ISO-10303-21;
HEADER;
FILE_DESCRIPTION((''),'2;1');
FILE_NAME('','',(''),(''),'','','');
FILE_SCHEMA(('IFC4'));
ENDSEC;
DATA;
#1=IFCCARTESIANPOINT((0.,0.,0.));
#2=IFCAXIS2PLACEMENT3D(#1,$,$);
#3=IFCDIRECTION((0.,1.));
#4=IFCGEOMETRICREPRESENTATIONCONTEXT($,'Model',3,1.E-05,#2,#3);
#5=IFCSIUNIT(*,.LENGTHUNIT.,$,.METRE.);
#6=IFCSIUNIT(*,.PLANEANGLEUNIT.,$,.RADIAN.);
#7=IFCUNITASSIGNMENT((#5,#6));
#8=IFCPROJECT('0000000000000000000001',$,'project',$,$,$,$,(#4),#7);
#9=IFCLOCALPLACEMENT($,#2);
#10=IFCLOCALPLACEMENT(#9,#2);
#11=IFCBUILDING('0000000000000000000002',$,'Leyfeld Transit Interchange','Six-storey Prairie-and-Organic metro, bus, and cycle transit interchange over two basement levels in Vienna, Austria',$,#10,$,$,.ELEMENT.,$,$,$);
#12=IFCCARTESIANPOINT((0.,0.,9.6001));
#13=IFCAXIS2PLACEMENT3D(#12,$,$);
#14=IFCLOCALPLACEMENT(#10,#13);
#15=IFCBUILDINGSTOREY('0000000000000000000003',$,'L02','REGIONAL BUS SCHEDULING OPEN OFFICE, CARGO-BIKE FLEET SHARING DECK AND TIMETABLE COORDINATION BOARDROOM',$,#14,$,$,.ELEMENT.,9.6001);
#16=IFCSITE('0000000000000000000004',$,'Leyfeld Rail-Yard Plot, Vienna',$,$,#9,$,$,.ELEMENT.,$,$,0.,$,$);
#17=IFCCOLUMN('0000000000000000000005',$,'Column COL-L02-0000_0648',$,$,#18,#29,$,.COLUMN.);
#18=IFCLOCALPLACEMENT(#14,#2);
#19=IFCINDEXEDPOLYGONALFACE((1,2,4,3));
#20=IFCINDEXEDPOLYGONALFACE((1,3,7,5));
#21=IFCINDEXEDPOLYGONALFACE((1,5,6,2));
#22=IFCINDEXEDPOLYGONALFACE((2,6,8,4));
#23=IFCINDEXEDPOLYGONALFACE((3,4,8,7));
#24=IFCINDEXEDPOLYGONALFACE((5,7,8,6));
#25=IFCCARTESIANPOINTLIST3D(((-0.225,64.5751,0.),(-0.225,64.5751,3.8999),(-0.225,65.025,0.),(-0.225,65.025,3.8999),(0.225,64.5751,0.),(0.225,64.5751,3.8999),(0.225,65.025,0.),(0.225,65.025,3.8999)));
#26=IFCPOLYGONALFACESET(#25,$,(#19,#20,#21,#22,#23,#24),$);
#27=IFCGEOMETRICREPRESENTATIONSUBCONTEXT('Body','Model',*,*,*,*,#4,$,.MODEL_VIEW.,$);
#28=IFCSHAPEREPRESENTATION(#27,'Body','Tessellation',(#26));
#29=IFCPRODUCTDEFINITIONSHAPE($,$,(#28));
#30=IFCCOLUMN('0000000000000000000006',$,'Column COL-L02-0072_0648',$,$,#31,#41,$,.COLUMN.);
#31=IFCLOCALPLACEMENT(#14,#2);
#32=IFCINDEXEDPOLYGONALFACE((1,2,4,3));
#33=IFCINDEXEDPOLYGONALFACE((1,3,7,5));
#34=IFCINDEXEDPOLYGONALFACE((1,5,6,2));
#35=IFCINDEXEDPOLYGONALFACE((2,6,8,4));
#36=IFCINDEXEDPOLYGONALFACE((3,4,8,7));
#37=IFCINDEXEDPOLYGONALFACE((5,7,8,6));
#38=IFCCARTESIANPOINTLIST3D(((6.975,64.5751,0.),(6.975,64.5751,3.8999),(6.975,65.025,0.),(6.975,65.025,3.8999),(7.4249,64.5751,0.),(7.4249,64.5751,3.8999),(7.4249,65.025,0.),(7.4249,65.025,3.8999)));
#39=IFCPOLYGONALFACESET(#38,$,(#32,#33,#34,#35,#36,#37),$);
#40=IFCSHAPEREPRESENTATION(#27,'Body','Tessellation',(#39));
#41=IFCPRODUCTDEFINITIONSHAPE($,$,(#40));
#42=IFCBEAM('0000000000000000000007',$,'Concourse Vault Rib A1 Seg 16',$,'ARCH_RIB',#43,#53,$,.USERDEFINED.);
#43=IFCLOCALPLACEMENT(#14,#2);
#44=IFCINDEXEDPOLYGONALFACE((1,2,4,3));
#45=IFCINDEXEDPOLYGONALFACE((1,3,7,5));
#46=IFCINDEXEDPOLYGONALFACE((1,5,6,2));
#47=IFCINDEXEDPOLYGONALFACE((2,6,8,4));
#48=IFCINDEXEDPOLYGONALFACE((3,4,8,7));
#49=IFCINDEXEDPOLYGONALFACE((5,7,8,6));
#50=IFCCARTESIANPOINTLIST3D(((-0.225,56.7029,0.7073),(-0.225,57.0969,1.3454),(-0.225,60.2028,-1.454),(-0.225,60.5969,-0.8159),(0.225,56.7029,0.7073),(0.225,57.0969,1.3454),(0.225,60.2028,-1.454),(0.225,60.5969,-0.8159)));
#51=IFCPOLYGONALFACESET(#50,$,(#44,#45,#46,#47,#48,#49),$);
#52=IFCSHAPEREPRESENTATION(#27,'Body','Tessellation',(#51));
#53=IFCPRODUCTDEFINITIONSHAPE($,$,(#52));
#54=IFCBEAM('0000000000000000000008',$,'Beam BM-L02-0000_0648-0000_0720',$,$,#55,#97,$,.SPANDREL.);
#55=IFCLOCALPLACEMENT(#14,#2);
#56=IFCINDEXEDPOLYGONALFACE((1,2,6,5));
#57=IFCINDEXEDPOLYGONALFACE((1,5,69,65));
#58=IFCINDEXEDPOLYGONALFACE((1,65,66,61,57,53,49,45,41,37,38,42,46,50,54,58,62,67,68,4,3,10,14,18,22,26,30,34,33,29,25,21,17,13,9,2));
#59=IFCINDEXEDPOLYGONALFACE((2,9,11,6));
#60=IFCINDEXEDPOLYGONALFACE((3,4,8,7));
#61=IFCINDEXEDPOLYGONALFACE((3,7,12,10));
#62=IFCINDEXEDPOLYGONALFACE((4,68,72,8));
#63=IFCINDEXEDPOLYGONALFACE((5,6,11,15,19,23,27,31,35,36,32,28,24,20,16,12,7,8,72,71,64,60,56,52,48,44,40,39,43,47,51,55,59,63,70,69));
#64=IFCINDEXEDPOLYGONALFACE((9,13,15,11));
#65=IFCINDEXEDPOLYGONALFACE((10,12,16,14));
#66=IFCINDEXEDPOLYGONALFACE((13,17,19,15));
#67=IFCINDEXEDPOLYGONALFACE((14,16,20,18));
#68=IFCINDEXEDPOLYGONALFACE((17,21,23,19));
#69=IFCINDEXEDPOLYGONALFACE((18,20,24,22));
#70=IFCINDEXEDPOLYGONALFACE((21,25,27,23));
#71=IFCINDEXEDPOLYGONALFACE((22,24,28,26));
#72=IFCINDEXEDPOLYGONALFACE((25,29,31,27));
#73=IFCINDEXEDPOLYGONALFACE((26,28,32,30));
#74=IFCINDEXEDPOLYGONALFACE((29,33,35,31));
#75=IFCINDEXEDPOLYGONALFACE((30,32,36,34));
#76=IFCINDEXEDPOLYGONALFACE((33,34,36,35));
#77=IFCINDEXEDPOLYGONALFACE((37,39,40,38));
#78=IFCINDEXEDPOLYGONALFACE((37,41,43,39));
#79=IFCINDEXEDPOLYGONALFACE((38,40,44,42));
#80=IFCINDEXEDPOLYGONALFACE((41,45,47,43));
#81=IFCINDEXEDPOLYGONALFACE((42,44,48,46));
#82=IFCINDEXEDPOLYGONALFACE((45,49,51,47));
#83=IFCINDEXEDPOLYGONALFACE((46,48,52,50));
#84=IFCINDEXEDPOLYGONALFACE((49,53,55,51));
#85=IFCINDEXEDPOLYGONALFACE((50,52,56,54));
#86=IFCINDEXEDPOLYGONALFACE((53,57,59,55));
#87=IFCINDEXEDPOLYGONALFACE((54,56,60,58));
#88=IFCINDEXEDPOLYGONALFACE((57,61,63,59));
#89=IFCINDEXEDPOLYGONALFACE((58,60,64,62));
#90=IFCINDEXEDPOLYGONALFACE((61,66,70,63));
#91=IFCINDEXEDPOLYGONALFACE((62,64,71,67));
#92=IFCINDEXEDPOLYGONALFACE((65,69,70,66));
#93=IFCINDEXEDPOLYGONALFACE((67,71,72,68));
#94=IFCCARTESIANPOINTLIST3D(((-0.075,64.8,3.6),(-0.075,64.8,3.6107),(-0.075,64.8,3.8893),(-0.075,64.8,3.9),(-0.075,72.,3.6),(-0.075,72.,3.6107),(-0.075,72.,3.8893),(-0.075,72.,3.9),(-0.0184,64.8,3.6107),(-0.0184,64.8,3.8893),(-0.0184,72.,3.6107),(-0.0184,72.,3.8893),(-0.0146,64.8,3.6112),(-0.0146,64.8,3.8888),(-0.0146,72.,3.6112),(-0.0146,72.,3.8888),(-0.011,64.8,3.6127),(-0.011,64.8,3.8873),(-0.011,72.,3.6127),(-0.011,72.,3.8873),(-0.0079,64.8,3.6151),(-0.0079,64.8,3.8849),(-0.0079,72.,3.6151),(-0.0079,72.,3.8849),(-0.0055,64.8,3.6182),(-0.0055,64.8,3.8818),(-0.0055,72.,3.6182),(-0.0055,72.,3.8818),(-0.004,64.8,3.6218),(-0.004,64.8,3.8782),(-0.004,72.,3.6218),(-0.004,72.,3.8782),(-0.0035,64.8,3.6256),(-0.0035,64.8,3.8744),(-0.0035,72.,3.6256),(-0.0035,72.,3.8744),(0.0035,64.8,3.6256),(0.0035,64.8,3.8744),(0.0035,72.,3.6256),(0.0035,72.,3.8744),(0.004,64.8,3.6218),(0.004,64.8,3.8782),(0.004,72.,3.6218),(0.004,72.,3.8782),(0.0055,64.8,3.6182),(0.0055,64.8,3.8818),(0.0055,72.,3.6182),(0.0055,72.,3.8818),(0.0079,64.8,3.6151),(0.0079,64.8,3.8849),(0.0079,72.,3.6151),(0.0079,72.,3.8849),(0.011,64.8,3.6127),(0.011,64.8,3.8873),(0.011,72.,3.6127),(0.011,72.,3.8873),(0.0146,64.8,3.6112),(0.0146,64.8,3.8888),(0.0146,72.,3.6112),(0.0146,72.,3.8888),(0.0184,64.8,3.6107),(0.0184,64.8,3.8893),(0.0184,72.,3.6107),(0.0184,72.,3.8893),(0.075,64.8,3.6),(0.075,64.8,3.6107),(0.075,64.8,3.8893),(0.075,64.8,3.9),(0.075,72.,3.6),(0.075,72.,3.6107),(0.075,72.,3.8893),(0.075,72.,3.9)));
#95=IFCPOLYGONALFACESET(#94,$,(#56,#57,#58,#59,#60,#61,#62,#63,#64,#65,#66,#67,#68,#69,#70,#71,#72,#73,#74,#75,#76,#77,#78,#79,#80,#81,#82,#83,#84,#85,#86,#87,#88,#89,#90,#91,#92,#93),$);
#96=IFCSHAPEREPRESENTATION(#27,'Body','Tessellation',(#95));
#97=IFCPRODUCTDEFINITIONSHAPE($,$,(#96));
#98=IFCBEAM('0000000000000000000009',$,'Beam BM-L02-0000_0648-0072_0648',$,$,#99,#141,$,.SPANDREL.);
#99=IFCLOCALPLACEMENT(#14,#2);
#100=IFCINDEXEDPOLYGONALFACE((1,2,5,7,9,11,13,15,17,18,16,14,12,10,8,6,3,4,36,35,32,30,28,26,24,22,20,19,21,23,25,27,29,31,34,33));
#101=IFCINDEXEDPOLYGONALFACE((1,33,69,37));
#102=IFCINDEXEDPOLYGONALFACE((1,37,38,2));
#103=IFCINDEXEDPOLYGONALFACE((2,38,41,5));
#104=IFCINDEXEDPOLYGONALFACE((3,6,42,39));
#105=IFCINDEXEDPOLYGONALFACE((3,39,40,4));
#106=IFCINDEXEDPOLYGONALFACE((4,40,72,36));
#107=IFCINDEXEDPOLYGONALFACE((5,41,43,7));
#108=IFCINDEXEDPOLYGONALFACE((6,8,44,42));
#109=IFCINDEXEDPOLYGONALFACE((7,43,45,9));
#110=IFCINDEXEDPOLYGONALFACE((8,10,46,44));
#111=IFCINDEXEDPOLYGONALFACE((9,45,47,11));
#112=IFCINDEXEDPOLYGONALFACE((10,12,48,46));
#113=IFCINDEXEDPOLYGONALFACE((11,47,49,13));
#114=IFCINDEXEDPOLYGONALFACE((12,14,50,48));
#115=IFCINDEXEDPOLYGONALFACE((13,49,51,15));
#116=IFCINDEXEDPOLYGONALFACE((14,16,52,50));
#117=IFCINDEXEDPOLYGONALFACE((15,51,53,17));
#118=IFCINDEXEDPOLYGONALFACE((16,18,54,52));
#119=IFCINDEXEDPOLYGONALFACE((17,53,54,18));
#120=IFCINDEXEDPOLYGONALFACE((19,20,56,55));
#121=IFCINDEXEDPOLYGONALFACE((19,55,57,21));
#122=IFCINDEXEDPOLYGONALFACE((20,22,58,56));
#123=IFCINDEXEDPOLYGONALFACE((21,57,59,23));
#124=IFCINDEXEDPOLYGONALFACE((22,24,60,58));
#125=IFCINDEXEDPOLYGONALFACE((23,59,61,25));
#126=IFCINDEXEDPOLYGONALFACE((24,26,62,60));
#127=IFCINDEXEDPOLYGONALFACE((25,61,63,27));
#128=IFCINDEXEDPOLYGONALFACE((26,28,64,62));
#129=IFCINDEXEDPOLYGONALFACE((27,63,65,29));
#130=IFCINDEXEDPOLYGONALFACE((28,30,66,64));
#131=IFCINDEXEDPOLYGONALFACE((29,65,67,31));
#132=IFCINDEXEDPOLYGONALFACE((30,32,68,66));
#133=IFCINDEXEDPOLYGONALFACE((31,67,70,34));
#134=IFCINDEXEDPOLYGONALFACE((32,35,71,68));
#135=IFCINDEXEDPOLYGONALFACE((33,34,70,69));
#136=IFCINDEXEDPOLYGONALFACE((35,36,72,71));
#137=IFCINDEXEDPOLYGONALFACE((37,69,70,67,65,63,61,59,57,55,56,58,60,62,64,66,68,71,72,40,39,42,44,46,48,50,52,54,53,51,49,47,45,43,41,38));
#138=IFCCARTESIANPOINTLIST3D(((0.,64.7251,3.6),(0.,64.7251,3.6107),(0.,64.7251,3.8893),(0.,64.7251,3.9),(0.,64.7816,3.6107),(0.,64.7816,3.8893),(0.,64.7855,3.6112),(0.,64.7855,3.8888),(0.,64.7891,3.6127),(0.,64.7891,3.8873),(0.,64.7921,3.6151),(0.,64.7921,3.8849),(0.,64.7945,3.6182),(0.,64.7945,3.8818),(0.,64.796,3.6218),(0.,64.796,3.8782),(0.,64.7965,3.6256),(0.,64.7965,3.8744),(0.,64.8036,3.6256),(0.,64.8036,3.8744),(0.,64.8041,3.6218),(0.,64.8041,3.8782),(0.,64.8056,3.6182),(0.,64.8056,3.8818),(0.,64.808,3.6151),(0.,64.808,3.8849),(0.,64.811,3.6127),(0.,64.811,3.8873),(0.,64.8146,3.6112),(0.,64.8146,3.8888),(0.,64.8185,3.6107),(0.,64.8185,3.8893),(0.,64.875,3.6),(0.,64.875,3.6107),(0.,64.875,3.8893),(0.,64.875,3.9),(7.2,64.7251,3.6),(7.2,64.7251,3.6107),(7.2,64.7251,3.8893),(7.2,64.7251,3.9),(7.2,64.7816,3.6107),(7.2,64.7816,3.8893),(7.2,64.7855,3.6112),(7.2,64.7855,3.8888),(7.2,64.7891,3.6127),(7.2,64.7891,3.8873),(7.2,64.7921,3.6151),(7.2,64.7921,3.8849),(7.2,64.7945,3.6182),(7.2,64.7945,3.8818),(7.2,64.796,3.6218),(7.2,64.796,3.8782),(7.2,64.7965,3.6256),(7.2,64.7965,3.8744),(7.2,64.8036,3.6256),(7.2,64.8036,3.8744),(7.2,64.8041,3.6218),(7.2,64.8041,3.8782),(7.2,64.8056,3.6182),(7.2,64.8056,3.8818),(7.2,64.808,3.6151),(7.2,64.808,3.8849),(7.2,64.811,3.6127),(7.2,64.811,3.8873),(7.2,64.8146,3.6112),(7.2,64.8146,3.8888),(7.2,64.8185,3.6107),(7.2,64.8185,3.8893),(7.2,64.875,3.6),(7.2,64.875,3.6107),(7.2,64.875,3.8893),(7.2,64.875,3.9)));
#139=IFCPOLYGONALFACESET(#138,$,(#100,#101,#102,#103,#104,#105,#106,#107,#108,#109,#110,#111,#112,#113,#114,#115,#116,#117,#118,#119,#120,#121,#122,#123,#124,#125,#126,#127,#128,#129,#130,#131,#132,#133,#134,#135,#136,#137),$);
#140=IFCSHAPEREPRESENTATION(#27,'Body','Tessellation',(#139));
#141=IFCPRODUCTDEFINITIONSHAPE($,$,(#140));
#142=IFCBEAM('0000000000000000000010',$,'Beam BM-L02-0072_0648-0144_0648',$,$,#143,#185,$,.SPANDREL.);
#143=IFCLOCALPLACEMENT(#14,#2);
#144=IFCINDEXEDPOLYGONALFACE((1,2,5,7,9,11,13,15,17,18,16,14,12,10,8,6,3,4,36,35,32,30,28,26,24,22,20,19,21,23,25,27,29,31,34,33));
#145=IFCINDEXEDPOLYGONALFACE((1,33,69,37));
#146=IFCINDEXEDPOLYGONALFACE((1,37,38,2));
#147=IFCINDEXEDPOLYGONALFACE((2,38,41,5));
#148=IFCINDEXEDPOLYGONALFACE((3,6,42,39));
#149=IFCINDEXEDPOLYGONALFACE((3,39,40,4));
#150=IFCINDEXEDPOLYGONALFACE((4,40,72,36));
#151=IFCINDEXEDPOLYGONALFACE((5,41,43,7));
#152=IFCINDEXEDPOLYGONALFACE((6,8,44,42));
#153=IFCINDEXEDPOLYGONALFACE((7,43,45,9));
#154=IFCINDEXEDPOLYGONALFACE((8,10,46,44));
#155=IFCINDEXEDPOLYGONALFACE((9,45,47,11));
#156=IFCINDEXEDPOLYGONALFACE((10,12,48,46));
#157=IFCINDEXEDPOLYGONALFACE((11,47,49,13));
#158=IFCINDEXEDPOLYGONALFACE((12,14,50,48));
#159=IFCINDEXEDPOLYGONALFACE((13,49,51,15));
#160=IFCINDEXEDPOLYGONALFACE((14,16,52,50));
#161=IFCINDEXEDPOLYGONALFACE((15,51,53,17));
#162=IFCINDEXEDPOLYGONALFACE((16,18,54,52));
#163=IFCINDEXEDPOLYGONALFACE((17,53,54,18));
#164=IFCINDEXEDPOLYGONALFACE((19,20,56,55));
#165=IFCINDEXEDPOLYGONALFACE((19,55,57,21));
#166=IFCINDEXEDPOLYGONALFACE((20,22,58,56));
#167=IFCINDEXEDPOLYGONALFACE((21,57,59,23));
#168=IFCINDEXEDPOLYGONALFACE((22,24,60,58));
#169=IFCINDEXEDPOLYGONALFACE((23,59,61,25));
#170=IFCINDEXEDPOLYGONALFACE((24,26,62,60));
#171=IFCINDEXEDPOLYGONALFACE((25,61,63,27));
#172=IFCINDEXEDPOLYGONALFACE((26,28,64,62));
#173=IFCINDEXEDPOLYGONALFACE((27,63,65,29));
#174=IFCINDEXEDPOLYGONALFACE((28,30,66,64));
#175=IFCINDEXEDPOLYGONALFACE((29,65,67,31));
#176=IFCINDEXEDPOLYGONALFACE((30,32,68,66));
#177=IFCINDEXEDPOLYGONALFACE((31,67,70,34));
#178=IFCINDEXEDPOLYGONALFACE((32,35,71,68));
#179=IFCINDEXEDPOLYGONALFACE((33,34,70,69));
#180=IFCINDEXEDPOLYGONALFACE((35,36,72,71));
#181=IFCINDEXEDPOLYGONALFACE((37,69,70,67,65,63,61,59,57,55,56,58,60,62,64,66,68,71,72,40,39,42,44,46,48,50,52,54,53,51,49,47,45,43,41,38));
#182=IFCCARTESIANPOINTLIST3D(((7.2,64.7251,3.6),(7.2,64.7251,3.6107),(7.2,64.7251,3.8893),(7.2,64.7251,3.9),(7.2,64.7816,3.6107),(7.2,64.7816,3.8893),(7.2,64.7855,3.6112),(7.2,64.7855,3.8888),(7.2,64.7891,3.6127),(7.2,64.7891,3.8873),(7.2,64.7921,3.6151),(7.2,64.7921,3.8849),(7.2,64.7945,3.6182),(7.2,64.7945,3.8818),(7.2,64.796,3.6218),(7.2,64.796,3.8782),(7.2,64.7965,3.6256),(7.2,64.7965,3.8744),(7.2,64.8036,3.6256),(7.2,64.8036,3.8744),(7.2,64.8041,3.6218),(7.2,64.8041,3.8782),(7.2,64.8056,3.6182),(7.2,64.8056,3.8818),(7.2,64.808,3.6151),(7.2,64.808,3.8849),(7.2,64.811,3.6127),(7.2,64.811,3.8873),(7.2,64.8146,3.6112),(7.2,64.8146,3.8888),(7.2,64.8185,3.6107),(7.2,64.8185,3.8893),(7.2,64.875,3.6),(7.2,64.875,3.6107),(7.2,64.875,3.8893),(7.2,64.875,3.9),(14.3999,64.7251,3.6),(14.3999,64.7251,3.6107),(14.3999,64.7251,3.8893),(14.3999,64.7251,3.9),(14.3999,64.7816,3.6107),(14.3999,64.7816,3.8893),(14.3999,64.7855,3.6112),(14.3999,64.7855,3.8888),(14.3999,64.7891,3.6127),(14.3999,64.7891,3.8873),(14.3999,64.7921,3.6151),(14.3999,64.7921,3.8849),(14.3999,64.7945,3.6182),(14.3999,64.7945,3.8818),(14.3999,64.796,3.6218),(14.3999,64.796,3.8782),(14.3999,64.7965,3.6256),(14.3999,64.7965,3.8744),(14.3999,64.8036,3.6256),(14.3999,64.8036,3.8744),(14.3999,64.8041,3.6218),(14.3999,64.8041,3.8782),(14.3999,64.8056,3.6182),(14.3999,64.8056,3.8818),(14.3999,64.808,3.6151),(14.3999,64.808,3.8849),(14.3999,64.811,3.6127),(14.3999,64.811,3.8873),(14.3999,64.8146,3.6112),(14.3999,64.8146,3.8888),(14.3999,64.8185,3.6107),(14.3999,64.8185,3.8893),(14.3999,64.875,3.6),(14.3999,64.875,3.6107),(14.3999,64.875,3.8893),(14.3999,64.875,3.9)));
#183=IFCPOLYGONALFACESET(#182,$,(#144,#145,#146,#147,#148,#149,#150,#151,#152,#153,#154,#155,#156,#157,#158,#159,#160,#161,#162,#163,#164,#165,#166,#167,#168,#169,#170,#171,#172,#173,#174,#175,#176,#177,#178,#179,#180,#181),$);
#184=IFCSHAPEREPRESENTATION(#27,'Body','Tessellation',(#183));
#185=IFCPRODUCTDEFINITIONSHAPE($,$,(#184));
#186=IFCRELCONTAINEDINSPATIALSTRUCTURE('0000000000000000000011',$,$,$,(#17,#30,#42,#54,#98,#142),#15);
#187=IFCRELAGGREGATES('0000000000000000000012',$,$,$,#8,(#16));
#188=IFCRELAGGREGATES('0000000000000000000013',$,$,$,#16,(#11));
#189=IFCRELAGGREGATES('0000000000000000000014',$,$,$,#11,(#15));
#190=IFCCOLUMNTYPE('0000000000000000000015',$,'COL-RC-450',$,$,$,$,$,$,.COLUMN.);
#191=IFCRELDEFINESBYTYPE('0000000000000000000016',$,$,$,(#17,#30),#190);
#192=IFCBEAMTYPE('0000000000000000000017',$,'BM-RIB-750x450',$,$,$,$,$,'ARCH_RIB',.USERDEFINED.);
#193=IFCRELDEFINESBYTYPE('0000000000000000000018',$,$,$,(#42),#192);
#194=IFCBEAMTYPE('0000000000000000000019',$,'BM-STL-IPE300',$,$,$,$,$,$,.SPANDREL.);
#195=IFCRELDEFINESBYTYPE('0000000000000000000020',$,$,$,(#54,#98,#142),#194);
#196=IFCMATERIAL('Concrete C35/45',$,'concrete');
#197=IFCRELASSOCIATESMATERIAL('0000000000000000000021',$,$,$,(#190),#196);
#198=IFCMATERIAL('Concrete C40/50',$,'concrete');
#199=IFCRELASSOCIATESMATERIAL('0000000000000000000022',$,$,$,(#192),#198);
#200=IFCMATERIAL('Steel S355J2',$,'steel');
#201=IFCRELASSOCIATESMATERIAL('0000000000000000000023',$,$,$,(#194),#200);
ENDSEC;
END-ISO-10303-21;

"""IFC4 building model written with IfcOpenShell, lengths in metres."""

from ifc_helpers import new_model, si_unit, direction, frame, origin, origin_2d, place, context, subcontext, project, spatial, rectangle, i_section, extrude, material, material_profile, profile_set, type_object, element, save


model = new_model("IFC4")

# Units and contexts
model_context = context("Model", 3, precision=1e-05, world=origin(), true_north=direction((0.0, 1.0)))
body_context = subcontext(model_context, "Body", "Model", "MODEL_VIEW")
ifc_project = project(units=[si_unit("LENGTHUNIT", "METRE"), si_unit("PLANEANGLEUNIT", "RADIAN")], contexts=[model_context])

# Site, building, storey
site_placement = place(None, origin())
site = spatial("IfcSite", under=ifc_project, at=site_placement, Name="Leyfeld Rail-Yard Plot, Vienna", CompositionType="ELEMENT", RefElevation=0.0)
building_placement = place(site_placement, origin())
building = spatial("IfcBuilding", under=site, at=building_placement, Name="Leyfeld Transit Interchange", Description="Six-storey Prairie-and-Organic metro, bus, and cycle transit interchange over two basement levels in Vienna, Austria", CompositionType="ELEMENT")
storey_placement = place(building_placement, frame((0.0, 0.0, 9.6001)))
storey = spatial("IfcBuildingStorey", under=building, at=storey_placement, Name="L02", Description="REGIONAL BUS SCHEDULING OPEN OFFICE, CARGO-BIKE FLEET SHARING DECK AND TIMETABLE COORDINATION BOARDROOM", CompositionType="ELEMENT", Elevation=9.6001)

# Columns
ifc_material_1 = material(Name="Concrete C35/45", Category="concrete")
ifc_material_profile_1 = material_profile(ifc_material_1, rectangle(XDim=0.45, YDim=0.45, at=origin_2d()), Name="RC 450x450")
ifc_profile_set_1 = profile_set([ifc_material_profile_1], Name="Concrete C35/45")
column_type = type_object("IfcColumnType", Name="COL-RC-450", PredefinedType="COLUMN", material=ifc_profile_set_1)
for number, where, z_axis, x_axis, name in (
    (1, (0.0, 64.8, 0.0), (0.0, 0.0, 1.0), (1.0, 0.0, 0.0), "Column COL-L02-0000_0648"),
    (2, (7.2, 64.8, 0.0), (0.0, 0.0, 1.0), (1.0, 0.0, 0.0), "Column COL-L02-0072_0648"),
):
    element("IfcColumn", number, at=place(storey_placement, frame(where, z_axis=z_axis, x_axis=x_axis)), inside=storey, type_object=column_type, Name=name, PredefinedType="COLUMN", context=body_context, shape_type="SweptSolid", body=[
        extrude(rectangle(XDim=0.45, YDim=0.45, at=origin_2d()), origin(), (0.0, 0.0, 1.0), 3.8999),
    ])

# Beams
ifc_material_2 = material(Name="Concrete C40/50", Category="concrete")
ifc_material_profile_2 = material_profile(ifc_material_2, rectangle(XDim=0.45, YDim=0.75, at=origin_2d()), Name="RC 750x450 RIB")
ifc_profile_set_2 = profile_set([ifc_material_profile_2], Name="Concrete C40/50")
beam_type_1 = type_object("IfcBeamType", Name="BM-RIB-750x450", ElementType="ARCH_RIB", PredefinedType="USERDEFINED", material=ifc_profile_set_2)
beam_1_placement = place(storey_placement, frame((0.0, 56.8999, 1.0264), z_axis=(0.0, 0.85084, -0.525425), x_axis=(-1.0, 0.0, 0.0)))
element("IfcBeam", 3, at=beam_1_placement, inside=storey, type_object=beam_type_1, Name="Concourse Vault Rib A1 Seg 16", ObjectType="ARCH_RIB", PredefinedType="USERDEFINED", context=body_context, shape_type="SweptSolid", body=[
    extrude(rectangle(XDim=0.45, YDim=0.75, at=origin_2d()), origin(), (0.0, 0.0, 1.0), 4.1135),
])
ifc_material_3 = material(Name="Steel S355J2", Category="steel")
ifc_material_profile_3 = material_profile(ifc_material_3, i_section(OverallWidth=0.1499, OverallDepth=0.3, WebThickness=0.0071, FlangeThickness=0.0107, FilletRadius=0.0149, at=origin_2d()), Name="IPE 300")
ifc_profile_set_3 = profile_set([ifc_material_profile_3], Name="Steel S355J2")
beam_type_2 = type_object("IfcBeamType", Name="BM-STL-IPE300", PredefinedType="SPANDREL", material=ifc_profile_set_3)
for number, where, z_axis, x_axis, name in (
    (4, (0.0, 64.8, 3.75), (0.0, 1.0, 0.0), (-1.0, 0.0, 0.0), "Beam BM-L02-0000_0648-0000_0720"),
    (5, (0.0, 64.8, 3.75), (1.0, 0.0, 0.0), (0.0, 1.0, 0.0), "Beam BM-L02-0000_0648-0072_0648"),
    (6, (7.2, 64.8, 3.75), (1.0, 0.0, 0.0), (0.0, 1.0, 0.0), "Beam BM-L02-0072_0648-0144_0648"),
):
    element("IfcBeam", number, at=place(storey_placement, frame(where, z_axis=z_axis, x_axis=x_axis)), inside=storey, type_object=beam_type_2, Name=name, PredefinedType="SPANDREL", context=body_context, shape_type="SweptSolid", body=[
        extrude(i_section(OverallWidth=0.1499, OverallDepth=0.3, WebThickness=0.0071, FlangeThickness=0.0107, FilletRadius=0.0149, at=origin_2d()), origin(), (0.0, 0.0, 1.0), 7.2),
    ])

save(model, "model.ifc")
